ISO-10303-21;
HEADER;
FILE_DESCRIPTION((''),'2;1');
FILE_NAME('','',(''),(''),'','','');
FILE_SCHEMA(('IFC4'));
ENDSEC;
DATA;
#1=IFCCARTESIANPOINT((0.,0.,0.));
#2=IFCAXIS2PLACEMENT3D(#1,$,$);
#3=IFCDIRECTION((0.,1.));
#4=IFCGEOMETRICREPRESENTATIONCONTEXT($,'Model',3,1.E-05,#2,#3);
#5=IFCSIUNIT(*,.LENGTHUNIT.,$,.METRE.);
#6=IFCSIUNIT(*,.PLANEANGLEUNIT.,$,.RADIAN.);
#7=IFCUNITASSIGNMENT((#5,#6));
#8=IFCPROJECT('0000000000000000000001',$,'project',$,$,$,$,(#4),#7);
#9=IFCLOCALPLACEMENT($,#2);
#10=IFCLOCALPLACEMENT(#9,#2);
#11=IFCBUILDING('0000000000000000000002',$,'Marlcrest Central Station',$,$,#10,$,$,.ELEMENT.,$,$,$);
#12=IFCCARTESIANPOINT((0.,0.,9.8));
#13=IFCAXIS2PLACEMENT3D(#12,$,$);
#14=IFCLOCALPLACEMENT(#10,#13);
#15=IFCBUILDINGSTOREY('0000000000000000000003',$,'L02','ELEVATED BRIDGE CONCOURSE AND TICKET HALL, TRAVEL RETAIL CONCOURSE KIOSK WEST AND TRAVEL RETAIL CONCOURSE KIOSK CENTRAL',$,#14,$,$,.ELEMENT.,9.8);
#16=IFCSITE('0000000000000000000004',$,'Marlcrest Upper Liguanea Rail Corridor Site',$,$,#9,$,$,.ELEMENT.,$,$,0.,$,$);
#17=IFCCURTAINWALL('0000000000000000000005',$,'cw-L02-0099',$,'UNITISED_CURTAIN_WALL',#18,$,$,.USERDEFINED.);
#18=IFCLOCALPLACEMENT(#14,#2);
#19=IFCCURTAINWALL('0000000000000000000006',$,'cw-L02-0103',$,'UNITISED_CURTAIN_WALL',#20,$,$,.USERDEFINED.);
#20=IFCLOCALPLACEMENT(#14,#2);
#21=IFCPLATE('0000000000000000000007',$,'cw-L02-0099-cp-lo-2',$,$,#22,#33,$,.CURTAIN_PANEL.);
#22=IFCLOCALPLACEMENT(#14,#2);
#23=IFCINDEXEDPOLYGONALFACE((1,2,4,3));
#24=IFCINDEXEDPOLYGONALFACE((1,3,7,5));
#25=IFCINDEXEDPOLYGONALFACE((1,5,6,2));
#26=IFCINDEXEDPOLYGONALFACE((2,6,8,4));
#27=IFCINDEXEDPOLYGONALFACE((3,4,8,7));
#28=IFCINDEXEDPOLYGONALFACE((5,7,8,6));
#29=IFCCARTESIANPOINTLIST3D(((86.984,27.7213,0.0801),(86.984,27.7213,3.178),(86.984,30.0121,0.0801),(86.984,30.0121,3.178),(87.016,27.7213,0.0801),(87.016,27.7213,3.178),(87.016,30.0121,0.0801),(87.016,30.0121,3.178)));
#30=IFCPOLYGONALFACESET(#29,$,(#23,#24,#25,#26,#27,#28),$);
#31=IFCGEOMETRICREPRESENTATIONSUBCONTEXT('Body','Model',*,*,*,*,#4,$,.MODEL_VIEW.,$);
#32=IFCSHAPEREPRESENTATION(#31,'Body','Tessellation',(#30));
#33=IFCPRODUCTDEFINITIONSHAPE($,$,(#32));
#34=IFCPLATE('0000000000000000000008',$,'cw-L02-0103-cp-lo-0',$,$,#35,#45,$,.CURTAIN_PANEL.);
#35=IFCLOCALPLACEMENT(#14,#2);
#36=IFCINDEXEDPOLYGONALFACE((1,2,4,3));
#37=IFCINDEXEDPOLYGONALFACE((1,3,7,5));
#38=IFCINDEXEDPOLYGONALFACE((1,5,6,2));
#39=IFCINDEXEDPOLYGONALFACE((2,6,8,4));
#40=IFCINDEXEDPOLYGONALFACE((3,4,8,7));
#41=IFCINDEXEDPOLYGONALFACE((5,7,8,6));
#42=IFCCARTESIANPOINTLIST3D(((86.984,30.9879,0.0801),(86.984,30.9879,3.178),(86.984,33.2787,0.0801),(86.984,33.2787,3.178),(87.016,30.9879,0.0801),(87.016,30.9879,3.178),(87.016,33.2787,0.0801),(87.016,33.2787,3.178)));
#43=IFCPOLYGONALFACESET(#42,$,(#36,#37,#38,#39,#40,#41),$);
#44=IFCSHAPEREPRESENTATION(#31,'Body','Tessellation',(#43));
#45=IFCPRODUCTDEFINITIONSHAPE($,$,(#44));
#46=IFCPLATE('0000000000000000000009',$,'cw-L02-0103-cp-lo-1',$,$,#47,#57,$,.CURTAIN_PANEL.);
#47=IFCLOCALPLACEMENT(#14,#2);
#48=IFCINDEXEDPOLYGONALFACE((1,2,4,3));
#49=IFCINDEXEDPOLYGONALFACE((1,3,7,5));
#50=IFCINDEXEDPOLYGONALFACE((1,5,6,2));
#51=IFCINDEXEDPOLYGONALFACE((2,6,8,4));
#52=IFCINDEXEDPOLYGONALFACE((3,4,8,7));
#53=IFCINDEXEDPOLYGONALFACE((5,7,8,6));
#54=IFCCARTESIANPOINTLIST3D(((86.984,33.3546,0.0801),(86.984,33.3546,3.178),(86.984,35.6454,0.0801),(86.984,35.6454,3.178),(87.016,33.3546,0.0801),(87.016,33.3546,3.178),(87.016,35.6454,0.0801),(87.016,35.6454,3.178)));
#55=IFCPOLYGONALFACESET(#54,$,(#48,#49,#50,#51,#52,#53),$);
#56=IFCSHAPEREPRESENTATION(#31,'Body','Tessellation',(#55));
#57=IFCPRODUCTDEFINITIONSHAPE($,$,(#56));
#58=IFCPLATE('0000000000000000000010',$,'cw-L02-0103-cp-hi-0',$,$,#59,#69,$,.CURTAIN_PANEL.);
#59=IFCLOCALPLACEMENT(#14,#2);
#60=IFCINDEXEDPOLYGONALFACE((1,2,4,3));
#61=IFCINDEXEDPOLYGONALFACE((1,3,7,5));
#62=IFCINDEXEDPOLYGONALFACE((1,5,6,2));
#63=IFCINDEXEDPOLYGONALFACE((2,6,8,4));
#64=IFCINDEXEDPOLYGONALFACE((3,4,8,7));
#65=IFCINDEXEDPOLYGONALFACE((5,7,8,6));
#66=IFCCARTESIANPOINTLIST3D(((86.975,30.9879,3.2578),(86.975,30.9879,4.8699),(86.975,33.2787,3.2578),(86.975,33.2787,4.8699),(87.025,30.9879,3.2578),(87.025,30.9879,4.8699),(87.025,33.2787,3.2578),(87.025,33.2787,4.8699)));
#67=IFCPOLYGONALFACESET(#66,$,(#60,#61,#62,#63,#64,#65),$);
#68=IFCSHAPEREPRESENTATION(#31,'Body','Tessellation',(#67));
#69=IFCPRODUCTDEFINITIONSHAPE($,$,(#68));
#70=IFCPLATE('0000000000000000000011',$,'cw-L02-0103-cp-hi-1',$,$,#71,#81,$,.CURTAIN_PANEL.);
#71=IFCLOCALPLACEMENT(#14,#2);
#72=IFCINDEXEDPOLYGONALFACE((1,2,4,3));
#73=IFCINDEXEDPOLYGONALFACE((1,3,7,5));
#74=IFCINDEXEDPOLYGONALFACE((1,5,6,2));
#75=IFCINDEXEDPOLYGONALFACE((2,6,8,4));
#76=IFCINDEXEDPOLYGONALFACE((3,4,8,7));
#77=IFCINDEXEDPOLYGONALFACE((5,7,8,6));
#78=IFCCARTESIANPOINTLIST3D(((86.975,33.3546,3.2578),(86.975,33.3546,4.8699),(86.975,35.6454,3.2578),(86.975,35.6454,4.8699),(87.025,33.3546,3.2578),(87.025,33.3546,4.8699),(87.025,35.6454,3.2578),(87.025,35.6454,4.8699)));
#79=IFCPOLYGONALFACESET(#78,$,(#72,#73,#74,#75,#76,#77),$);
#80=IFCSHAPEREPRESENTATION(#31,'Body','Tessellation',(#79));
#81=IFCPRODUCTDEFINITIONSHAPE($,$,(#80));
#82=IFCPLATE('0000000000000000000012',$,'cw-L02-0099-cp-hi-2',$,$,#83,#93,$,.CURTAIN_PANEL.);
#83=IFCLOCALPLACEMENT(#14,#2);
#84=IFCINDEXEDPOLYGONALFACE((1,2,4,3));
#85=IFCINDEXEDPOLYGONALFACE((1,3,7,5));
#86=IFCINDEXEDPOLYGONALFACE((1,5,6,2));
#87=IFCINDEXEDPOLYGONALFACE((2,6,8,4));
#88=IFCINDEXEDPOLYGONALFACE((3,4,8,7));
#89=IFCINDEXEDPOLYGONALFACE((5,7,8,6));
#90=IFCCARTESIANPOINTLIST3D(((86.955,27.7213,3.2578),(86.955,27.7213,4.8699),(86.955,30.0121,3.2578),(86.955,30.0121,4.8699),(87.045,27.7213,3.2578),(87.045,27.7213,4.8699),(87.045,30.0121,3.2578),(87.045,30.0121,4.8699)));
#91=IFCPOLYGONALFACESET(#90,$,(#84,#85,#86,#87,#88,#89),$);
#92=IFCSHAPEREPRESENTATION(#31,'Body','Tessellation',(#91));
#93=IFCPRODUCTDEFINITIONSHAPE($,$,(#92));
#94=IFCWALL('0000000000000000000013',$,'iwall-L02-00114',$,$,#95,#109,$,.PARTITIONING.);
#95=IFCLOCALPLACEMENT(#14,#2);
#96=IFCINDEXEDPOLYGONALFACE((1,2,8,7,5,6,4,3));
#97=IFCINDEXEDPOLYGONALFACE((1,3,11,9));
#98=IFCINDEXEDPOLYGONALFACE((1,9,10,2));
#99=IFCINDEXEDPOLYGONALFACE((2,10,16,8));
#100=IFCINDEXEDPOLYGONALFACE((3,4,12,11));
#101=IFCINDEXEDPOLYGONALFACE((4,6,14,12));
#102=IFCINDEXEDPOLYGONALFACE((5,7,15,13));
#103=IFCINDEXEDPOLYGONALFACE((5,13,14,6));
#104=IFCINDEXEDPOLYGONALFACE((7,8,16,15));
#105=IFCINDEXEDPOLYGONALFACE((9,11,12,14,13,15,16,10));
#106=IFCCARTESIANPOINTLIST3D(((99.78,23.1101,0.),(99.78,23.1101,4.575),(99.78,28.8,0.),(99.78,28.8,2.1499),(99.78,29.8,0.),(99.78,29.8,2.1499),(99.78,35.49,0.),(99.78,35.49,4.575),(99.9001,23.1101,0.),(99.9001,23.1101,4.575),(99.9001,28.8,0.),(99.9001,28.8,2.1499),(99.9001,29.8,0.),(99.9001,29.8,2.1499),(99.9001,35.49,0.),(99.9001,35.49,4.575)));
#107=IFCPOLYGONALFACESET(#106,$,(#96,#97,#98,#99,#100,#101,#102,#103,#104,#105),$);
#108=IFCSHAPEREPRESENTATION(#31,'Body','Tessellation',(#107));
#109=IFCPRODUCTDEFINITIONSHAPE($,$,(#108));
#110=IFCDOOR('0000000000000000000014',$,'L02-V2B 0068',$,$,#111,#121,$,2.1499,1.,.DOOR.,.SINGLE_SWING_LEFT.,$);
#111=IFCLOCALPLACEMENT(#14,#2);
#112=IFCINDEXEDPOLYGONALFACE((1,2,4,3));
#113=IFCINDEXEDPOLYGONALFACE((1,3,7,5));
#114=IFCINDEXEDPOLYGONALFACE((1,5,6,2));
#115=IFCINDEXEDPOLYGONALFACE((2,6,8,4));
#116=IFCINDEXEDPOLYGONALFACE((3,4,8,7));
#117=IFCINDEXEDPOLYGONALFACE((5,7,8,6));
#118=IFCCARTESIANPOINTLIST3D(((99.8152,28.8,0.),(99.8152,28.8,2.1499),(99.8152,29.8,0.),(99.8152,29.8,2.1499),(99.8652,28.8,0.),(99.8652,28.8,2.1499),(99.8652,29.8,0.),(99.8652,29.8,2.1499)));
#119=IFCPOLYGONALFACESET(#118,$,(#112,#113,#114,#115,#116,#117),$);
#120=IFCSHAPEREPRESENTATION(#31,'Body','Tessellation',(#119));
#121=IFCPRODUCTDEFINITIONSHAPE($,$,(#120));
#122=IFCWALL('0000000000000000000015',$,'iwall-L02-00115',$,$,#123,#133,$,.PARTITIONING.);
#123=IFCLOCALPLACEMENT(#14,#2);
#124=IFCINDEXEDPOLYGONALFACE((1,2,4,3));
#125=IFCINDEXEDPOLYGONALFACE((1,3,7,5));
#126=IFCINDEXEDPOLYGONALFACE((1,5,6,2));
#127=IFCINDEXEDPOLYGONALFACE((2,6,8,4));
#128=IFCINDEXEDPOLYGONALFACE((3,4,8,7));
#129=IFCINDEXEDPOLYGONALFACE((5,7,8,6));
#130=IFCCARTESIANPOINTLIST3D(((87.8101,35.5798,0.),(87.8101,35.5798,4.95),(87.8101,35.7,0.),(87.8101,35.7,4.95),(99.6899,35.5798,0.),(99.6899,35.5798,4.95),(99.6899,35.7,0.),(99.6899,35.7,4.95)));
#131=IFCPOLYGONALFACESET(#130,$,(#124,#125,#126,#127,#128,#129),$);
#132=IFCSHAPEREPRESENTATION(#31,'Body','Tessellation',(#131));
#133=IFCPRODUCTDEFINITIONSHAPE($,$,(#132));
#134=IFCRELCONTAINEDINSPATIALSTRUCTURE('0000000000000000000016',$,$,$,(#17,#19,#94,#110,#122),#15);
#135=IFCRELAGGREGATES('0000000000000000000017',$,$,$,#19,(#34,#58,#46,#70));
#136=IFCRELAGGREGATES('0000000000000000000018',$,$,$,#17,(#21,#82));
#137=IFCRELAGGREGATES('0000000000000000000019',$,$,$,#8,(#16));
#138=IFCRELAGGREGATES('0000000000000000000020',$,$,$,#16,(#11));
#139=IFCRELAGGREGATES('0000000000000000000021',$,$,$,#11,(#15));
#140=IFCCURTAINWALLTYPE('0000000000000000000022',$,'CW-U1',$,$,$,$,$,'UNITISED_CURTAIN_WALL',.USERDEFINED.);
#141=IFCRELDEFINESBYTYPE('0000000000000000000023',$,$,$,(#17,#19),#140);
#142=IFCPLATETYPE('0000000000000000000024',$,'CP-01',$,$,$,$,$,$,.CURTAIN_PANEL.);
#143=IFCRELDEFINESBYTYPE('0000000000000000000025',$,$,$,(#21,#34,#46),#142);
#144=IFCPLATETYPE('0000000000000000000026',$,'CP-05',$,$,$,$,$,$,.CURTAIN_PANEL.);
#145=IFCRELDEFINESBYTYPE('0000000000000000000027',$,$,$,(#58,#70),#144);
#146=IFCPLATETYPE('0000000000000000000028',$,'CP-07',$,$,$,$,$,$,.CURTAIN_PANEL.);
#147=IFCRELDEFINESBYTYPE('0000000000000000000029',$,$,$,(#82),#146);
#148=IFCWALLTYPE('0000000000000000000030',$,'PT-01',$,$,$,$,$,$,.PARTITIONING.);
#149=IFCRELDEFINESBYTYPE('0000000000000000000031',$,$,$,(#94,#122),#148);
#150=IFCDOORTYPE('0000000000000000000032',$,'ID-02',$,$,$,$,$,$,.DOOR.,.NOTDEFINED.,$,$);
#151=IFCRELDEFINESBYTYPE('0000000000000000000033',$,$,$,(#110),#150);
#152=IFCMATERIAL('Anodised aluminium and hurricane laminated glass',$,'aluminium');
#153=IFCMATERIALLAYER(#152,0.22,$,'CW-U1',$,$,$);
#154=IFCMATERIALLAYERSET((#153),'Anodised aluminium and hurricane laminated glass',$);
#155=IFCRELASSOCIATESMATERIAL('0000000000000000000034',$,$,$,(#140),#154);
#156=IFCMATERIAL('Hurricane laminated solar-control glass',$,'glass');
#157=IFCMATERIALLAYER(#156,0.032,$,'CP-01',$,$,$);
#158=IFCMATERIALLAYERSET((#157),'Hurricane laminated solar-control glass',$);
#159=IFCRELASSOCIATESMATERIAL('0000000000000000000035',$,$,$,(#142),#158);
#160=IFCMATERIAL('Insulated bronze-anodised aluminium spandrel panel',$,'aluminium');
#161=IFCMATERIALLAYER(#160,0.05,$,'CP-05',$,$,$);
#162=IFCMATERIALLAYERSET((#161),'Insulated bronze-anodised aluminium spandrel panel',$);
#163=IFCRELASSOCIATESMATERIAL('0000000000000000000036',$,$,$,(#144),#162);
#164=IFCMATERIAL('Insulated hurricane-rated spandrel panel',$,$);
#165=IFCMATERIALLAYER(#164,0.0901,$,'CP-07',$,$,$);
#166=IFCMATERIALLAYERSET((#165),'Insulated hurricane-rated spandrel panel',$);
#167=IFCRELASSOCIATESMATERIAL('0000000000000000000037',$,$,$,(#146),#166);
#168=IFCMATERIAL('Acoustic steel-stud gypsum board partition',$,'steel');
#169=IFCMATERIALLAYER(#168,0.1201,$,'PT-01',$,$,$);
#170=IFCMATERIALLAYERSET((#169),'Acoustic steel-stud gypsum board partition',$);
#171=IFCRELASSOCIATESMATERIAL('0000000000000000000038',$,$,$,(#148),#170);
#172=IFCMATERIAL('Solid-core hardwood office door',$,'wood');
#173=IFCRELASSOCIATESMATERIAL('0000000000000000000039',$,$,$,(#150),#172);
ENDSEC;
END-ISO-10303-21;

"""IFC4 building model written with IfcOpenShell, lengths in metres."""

from ifc_helpers import new_model, si_unit, direction, frame, frame_2d, origin, origin_2d, place, context, subcontext, project, spatial, rectangle, extrude, material, layer, layer_set, type_object, element, fill, aggregate, save


model = new_model("IFC4")

# Units and contexts
model_context = context("Model", 3, precision=1e-05, world=origin(), true_north=direction((0.0, 1.0)))
body_context = subcontext(model_context, "Body", "Model", "MODEL_VIEW")
ifc_project = project(units=[si_unit("LENGTHUNIT", "METRE"), si_unit("PLANEANGLEUNIT", "RADIAN")], contexts=[model_context])

# Site, building, storey
site_placement = place(None, origin())
site = spatial("IfcSite", under=ifc_project, at=site_placement, Name="Marlcrest Upper Liguanea Rail Corridor Site", CompositionType="ELEMENT", RefElevation=0.0)
building_placement = place(site_placement, origin())
building = spatial("IfcBuilding", under=site, at=building_placement, Name="Marlcrest Central Station", CompositionType="ELEMENT")
storey_placement = place(building_placement, frame((0.0, 0.0, 9.8)))
storey = spatial("IfcBuildingStorey", under=building, at=storey_placement, Name="L02", Description="ELEVATED BRIDGE CONCOURSE AND TICKET HALL, TRAVEL RETAIL CONCOURSE KIOSK WEST AND TRAVEL RETAIL CONCOURSE KIOSK CENTRAL", CompositionType="ELEMENT", Elevation=9.8)

# Curtain walls
ifc_material_1 = material(Name="Anodised aluminium and hurricane laminated glass", Category="aluminium")
ifc_layer_1 = layer(ifc_material_1, 0.22, Name="CW-U1")
ifc_layer_set_1 = layer_set([ifc_layer_1], Name="Anodised aluminium and hurricane laminated glass")
curtain_wall_type = type_object("IfcCurtainWallType", Name="CW-U1", ElementType="UNITISED_CURTAIN_WALL", PredefinedType="USERDEFINED", material=ifc_layer_set_1)
curtain_wall_1_placement = place(storey_placement, origin())
curtain_wall_1 = element("IfcCurtainWall", 1, at=curtain_wall_1_placement, inside=storey, type_object=curtain_wall_type, Name="cw-L02-0099", ObjectType="UNITISED_CURTAIN_WALL", PredefinedType="USERDEFINED")
curtain_wall_2_placement = place(storey_placement, origin())
curtain_wall_2 = element("IfcCurtainWall", 2, at=curtain_wall_2_placement, inside=storey, type_object=curtain_wall_type, Name="cw-L02-0103", ObjectType="UNITISED_CURTAIN_WALL", PredefinedType="USERDEFINED")

# Plates
ifc_material_2 = material(Name="Hurricane laminated solar-control glass", Category="glass")
ifc_layer_2 = layer(ifc_material_2, 0.032, Name="CP-01")
ifc_layer_set_2 = layer_set([ifc_layer_2], Name="Hurricane laminated solar-control glass")
plate_type_1 = type_object("IfcPlateType", Name="CP-01", PredefinedType="CURTAIN_PANEL", material=ifc_layer_set_2)
plate_1_placement = place(storey_placement, frame((87.0, 28.8667, 0.0801), z_axis=(0.0, 0.0, 1.0), x_axis=(0.0, 1.0, 0.0)))
plate_1 = element("IfcPlate", 3, at=plate_1_placement, type_object=plate_type_1, Name="cw-L02-0099-cp-lo-2", PredefinedType="CURTAIN_PANEL", context=body_context, shape_type="SweptSolid", body=[
    extrude(rectangle(XDim=2.2908, YDim=0.032, at=origin_2d()), origin(), (0.0, 0.0, 1.0), 3.0979),
])
plate_2_placement = place(storey_placement, frame((87.0, 32.1333, 0.0801), z_axis=(0.0, 0.0, 1.0), x_axis=(0.0, 1.0, 0.0)))
plate_2 = element("IfcPlate", 4, at=plate_2_placement, type_object=plate_type_1, Name="cw-L02-0103-cp-lo-0", PredefinedType="CURTAIN_PANEL", context=body_context, shape_type="SweptSolid", body=[
    extrude(rectangle(XDim=2.2908, YDim=0.032, at=origin_2d()), origin(), (0.0, 0.0, 1.0), 3.0979),
])
plate_3_placement = place(storey_placement, frame((87.0, 34.5, 0.0801), z_axis=(0.0, 0.0, 1.0), x_axis=(0.0, 1.0, 0.0)))
plate_3 = element("IfcPlate", 5, at=plate_3_placement, type_object=plate_type_1, Name="cw-L02-0103-cp-lo-1", PredefinedType="CURTAIN_PANEL", context=body_context, shape_type="SweptSolid", body=[
    extrude(rectangle(XDim=2.2908, YDim=0.032, at=origin_2d()), origin(), (0.0, 0.0, 1.0), 3.0979),
])
ifc_material_3 = material(Name="Insulated bronze-anodised aluminium spandrel panel", Category="aluminium")
ifc_layer_3 = layer(ifc_material_3, 0.05, Name="CP-05")
ifc_layer_set_3 = layer_set([ifc_layer_3], Name="Insulated bronze-anodised aluminium spandrel panel")
plate_type_2 = type_object("IfcPlateType", Name="CP-05", PredefinedType="CURTAIN_PANEL", material=ifc_layer_set_3)
plate_4_placement = place(storey_placement, frame((87.0, 32.1333, 3.2578), z_axis=(0.0, 0.0, 1.0), x_axis=(0.0, 1.0, 0.0)))
plate_4 = element("IfcPlate", 6, at=plate_4_placement, type_object=plate_type_2, Name="cw-L02-0103-cp-hi-0", PredefinedType="CURTAIN_PANEL", context=body_context, shape_type="SweptSolid", body=[
    extrude(rectangle(XDim=2.2908, YDim=0.05, at=origin_2d()), origin(), (0.0, 0.0, 1.0), 1.6121),
])
plate_5_placement = place(storey_placement, frame((87.0, 34.5, 3.2578), z_axis=(0.0, 0.0, 1.0), x_axis=(0.0, 1.0, 0.0)))
plate_5 = element("IfcPlate", 7, at=plate_5_placement, type_object=plate_type_2, Name="cw-L02-0103-cp-hi-1", PredefinedType="CURTAIN_PANEL", context=body_context, shape_type="SweptSolid", body=[
    extrude(rectangle(XDim=2.2908, YDim=0.05, at=origin_2d()), origin(), (0.0, 0.0, 1.0), 1.6121),
])
aggregate(curtain_wall_2, [plate_2, plate_4, plate_3, plate_5])
ifc_material_4 = material(Name="Insulated hurricane-rated spandrel panel")
ifc_layer_4 = layer(ifc_material_4, 0.0901, Name="CP-07")
ifc_layer_set_4 = layer_set([ifc_layer_4], Name="Insulated hurricane-rated spandrel panel")
plate_type_3 = type_object("IfcPlateType", Name="CP-07", PredefinedType="CURTAIN_PANEL", material=ifc_layer_set_4)
plate_6_placement = place(storey_placement, frame((87.0, 28.8667, 3.2578), z_axis=(0.0, 0.0, 1.0), x_axis=(0.0, 1.0, 0.0)))
plate_6 = element("IfcPlate", 8, at=plate_6_placement, type_object=plate_type_3, Name="cw-L02-0099-cp-hi-2", PredefinedType="CURTAIN_PANEL", context=body_context, shape_type="SweptSolid", body=[
    extrude(rectangle(XDim=2.2908, YDim=0.0901, at=origin_2d()), origin(), (0.0, 0.0, 1.0), 1.6121),
])
aggregate(curtain_wall_1, [plate_1, plate_6])

# Wall, opening, door
ifc_material_5 = material(Name="Acoustic steel-stud gypsum board partition", Category="steel")
ifc_layer_5 = layer(ifc_material_5, 0.1201, Name="PT-01")
ifc_layer_set_5 = layer_set([ifc_layer_5], Name="Acoustic steel-stud gypsum board partition")
wall_type = type_object("IfcWallType", Name="PT-01", PredefinedType="PARTITIONING", material=ifc_layer_set_5)
wall_1_placement = place(storey_placement, frame((99.8401, 23.1101, 0.0), z_axis=(0.0, 0.0, 1.0), x_axis=(0.0, 1.0, 0.0)))
wall_1 = element("IfcWall", 9, at=wall_1_placement, inside=storey, type_object=wall_type, Name="iwall-L02-00114", PredefinedType="PARTITIONING", context=body_context, shape_type="SweptSolid", body=[
    extrude(rectangle(XDim=12.3799, YDim=0.1201, at=frame_2d((6.1899, 0.0))), origin(), (0.0, 0.0, 1.0), 4.575),
])
opening_placement = place(wall_1_placement, frame((5.6899, 0.0, 0.0)))
opening = element("IfcOpeningElement", 10, at=opening_placement, cuts=wall_1, PredefinedType="OPENING", context=body_context, shape_type="SweptSolid", body=[
    extrude(rectangle(XDim=1.0, YDim=2.1499, at=frame_2d((0.5, 1.075))), frame((0.0, 0.0701, 0.0), z_axis=(0.0, -1.0, 0.0), x_axis=(1.0, 0.0, 0.0)), (0.0, 0.0, 1.0), 0.1401),
])
ifc_material_6 = material(Name="Solid-core hardwood office door", Category="wood")
door_type = type_object("IfcDoorType", Name="ID-02", OperationType="NOTDEFINED", PredefinedType="DOOR", material=ifc_material_6)
door_placement = place(opening_placement, origin())
door = element("IfcDoor", 11, at=door_placement, inside=storey, type_object=door_type, Name="L02-V2B 0068", OperationType="SINGLE_SWING_LEFT", OverallHeight=2.1499, OverallWidth=1.0, PredefinedType="DOOR", context=body_context, shape_type="SweptSolid", body=[
    extrude(rectangle(XDim=1.0, YDim=2.1499, at=frame_2d((0.5, 1.075))), frame((0.0, 0.0249, 0.0), z_axis=(0.0, -1.0, 0.0), x_axis=(1.0, 0.0, 0.0)), (0.0, 0.0, 1.0), 0.05),
])
fill(opening, door)

# Wall
wall_2_placement = place(storey_placement, frame((87.8101, 35.6399, 0.0), z_axis=(0.0, 0.0, 1.0), x_axis=(1.0, 0.0, 0.0)))
element("IfcWall", 12, at=wall_2_placement, inside=storey, type_object=wall_type, Name="iwall-L02-00115", PredefinedType="PARTITIONING", context=body_context, shape_type="SweptSolid", body=[
    extrude(rectangle(XDim=11.8799, YDim=0.1201, at=frame_2d((5.9399, 0.0))), origin(), (0.0, 0.0, 1.0), 4.95),
])

save(model, "model.ifc")
